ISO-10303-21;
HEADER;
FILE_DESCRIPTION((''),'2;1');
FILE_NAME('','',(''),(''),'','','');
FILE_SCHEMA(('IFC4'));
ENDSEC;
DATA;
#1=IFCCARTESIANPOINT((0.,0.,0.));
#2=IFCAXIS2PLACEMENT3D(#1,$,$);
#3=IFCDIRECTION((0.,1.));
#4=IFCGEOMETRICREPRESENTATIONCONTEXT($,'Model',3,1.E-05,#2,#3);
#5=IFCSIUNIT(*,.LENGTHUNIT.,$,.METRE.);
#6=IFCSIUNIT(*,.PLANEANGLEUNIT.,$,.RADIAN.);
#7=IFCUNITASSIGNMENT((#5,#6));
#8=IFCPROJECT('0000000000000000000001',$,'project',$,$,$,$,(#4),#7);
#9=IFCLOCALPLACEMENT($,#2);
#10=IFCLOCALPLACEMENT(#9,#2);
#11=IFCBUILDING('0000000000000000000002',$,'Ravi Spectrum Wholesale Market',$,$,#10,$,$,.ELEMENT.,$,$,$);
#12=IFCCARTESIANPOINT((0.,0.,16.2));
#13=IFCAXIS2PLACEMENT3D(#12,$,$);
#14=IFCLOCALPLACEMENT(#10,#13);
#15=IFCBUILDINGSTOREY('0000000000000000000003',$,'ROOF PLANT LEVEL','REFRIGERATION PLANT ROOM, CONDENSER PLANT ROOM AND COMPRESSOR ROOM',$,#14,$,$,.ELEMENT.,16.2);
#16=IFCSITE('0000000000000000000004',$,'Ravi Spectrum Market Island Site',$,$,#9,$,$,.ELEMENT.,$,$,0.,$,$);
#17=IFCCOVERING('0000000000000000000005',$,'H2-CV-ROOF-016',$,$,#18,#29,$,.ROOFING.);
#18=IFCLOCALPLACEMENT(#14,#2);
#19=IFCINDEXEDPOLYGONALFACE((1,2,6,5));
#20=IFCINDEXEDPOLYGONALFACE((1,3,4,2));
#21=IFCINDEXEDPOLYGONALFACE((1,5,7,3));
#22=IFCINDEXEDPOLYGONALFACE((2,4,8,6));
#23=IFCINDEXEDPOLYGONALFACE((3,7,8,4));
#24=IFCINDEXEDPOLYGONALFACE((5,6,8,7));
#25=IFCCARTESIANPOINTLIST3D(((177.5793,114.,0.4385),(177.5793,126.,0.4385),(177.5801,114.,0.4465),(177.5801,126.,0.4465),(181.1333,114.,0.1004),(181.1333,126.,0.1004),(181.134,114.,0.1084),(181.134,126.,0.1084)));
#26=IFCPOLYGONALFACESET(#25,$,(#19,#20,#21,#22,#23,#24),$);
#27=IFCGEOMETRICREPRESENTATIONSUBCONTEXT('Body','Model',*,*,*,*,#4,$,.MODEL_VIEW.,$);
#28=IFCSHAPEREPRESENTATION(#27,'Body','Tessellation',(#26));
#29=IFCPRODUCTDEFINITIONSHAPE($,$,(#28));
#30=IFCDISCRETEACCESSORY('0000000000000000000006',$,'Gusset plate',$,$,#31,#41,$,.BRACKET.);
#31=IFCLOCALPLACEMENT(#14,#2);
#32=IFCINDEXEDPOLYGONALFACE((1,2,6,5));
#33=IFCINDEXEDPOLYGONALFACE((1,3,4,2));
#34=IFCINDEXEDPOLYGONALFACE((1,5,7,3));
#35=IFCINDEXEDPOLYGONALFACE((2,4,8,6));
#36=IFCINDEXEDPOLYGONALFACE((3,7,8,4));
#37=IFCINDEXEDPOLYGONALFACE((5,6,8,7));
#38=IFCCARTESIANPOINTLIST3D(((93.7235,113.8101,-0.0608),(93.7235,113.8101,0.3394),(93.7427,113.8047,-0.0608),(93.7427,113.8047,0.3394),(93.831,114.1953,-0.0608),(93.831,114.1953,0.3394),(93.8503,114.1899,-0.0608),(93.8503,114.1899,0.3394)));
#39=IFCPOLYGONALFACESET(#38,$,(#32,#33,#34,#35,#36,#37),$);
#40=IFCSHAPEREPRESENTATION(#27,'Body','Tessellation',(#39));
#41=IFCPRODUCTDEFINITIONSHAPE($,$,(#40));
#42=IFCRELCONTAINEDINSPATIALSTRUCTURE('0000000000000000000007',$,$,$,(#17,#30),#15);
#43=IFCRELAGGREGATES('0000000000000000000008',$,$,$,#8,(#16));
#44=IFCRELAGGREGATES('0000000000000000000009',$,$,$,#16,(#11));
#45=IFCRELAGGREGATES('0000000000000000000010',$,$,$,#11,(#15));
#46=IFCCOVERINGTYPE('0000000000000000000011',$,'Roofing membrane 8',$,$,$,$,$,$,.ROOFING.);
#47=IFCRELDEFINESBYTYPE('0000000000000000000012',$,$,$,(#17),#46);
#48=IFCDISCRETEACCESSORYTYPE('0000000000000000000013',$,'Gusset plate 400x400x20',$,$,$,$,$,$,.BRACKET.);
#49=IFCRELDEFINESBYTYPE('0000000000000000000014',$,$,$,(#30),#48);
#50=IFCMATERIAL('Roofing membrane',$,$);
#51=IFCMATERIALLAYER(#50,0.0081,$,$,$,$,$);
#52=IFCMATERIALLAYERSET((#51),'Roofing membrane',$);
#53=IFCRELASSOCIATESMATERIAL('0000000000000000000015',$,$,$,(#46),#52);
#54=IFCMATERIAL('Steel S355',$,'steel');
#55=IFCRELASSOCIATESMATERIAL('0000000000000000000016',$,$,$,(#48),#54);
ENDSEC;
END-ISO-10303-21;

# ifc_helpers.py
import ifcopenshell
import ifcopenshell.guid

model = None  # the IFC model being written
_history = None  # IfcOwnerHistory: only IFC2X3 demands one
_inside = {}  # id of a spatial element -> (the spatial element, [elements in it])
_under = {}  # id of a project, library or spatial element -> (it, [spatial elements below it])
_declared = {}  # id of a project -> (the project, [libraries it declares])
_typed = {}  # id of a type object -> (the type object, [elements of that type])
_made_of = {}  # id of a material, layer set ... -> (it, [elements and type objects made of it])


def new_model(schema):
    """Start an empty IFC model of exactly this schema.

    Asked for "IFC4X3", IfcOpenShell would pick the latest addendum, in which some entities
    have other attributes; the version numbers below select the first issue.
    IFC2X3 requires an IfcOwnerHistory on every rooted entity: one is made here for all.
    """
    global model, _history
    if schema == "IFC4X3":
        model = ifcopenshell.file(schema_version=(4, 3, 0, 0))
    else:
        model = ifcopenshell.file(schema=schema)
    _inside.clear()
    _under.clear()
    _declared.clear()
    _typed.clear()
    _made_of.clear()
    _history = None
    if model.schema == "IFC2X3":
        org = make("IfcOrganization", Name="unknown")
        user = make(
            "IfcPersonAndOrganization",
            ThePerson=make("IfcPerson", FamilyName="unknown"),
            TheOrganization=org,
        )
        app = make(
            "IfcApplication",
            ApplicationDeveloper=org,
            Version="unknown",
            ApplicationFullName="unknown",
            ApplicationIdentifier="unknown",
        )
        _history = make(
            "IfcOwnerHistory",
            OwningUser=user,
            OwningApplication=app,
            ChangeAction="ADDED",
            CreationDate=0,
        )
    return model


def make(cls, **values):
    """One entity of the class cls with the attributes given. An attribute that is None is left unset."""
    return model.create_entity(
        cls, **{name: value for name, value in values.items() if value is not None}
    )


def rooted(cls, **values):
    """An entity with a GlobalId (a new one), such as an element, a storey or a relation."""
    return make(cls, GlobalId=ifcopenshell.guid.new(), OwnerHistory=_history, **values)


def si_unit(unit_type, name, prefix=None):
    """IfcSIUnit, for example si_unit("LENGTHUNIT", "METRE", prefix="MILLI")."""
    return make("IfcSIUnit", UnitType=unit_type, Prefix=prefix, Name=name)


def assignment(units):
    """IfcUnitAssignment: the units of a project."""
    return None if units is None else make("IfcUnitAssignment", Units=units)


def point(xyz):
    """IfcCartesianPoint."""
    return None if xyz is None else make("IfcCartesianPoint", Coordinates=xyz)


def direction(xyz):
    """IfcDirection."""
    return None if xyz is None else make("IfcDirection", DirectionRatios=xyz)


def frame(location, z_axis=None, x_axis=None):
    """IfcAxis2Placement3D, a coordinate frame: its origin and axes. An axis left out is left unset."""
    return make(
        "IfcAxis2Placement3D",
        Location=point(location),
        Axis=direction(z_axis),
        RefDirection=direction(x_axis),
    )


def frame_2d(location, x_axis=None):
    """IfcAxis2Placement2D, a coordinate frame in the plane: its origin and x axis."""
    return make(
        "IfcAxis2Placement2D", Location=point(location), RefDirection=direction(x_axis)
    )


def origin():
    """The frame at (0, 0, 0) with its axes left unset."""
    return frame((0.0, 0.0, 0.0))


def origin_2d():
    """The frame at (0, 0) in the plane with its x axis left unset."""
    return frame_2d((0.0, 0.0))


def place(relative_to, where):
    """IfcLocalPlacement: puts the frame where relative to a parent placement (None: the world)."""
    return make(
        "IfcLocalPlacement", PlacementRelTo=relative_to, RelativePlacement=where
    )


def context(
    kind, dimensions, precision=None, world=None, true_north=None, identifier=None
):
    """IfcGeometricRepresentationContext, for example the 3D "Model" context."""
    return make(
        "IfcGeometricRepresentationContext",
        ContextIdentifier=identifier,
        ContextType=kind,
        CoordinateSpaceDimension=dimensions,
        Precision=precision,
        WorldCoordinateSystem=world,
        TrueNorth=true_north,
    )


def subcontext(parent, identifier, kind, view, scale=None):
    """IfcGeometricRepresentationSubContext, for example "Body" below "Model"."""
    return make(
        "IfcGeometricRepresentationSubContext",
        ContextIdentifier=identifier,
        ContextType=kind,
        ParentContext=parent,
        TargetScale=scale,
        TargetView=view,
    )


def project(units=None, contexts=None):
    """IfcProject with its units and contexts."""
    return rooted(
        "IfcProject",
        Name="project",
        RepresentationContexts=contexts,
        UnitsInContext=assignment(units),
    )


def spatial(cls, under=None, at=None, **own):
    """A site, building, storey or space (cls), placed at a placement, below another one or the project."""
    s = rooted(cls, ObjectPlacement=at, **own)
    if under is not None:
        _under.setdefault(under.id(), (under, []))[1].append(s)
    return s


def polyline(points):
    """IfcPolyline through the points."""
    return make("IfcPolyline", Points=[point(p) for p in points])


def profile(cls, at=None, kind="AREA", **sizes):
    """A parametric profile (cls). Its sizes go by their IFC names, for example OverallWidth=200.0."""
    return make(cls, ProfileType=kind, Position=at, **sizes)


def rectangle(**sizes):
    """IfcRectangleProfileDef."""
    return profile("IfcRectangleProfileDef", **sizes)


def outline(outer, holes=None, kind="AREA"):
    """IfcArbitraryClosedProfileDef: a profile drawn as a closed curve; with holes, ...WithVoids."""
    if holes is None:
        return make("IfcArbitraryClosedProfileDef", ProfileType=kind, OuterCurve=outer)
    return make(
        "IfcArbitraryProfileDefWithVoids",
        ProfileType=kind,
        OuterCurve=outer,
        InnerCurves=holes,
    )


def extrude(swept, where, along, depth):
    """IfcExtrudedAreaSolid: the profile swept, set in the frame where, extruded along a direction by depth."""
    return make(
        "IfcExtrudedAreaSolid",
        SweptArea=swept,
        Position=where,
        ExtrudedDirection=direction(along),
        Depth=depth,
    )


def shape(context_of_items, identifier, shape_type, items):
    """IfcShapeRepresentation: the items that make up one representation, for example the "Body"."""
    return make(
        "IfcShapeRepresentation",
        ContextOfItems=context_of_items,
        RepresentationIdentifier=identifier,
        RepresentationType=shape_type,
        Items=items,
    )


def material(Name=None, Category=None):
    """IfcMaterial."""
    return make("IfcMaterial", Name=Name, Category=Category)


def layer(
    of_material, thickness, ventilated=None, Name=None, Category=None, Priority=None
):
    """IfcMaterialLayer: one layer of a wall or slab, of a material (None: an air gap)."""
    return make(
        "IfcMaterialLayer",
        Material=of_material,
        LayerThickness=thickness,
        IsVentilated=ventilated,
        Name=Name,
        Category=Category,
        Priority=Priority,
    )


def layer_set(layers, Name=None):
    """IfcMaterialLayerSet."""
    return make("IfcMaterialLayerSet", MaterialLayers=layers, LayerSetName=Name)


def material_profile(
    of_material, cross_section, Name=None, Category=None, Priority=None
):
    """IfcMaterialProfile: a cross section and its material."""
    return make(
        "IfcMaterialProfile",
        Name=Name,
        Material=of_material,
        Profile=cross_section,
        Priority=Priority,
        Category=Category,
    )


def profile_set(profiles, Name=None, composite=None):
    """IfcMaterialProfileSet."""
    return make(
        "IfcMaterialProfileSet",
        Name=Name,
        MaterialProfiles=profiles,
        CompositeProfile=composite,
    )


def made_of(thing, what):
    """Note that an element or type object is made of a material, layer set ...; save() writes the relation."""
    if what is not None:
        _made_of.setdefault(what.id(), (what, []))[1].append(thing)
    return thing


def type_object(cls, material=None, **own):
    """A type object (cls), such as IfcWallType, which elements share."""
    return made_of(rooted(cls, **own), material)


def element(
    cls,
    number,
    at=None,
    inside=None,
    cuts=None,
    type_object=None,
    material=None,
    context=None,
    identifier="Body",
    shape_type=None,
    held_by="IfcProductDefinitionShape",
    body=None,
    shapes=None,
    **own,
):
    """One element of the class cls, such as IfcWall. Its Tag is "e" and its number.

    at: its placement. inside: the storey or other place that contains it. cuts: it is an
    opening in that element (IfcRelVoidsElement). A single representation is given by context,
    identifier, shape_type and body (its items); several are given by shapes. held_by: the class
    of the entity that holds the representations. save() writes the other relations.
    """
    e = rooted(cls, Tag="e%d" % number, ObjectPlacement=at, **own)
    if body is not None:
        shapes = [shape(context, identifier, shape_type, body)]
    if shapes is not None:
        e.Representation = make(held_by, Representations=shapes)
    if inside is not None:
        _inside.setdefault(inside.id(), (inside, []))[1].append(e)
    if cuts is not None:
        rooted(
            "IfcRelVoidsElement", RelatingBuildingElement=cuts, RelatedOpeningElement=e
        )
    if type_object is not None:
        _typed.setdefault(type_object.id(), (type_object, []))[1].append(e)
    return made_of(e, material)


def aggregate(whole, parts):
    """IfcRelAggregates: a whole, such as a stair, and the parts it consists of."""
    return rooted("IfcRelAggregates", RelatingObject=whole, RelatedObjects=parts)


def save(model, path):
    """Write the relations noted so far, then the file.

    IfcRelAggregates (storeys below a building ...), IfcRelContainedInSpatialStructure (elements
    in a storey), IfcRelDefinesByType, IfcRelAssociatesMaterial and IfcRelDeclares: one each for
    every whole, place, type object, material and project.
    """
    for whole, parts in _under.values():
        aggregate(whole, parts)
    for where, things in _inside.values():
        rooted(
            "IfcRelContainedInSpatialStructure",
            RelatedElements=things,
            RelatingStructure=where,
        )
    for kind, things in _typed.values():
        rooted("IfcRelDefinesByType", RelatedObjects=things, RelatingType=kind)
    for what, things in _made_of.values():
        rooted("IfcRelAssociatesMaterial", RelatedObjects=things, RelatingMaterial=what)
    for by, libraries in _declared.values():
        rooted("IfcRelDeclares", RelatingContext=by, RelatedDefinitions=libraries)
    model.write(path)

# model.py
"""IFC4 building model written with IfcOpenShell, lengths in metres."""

from ifc_helpers import new_model, si_unit, direction, frame, origin, origin_2d, place, context, subcontext, project, spatial, polyline, rectangle, outline, extrude, material, layer, layer_set, material_profile, profile_set, type_object, element, save


model = new_model("IFC4")

# Units and contexts
model_context = context("Model", 3, precision=1e-05, world=origin(), true_north=direction((0.0, 1.0)))
body_context = subcontext(model_context, "Body", "Model", "MODEL_VIEW")
ifc_project = project(units=[si_unit("LENGTHUNIT", "METRE"), si_unit("PLANEANGLEUNIT", "RADIAN")], contexts=[model_context])

# Site, building, storey
site_placement = place(None, origin())
site = spatial("IfcSite", under=ifc_project, at=site_placement, Name="Ravi Spectrum Market Island Site", CompositionType="ELEMENT", RefElevation=0.0)
building_placement = place(site_placement, origin())
building = spatial("IfcBuilding", under=site, at=building_placement, Name="Ravi Spectrum Wholesale Market", CompositionType="ELEMENT")
storey_placement = place(building_placement, frame((0.0, 0.0, 16.2)))
storey = spatial("IfcBuildingStorey", under=building, at=storey_placement, Name="ROOF PLANT LEVEL", Description="REFRIGERATION PLANT ROOM, CONDENSER PLANT ROOM AND COMPRESSOR ROOM", CompositionType="ELEMENT", Elevation=16.2)

# Covering
ifc_material_1 = material(Name="Roofing membrane")
ifc_layer_1 = layer(ifc_material_1, 0.0081)
ifc_layer_set_1 = layer_set([ifc_layer_1], Name="Roofing membrane")
covering_type = type_object("IfcCoveringType", Name="Roofing membrane 8", PredefinedType="ROOFING", material=ifc_layer_set_1)
covering_1_placement = place(storey_placement, frame((177.5801, 114.0, 0.4465), z_axis=(0.094716, 0.0, 0.995504), x_axis=(0.995504, 0.0, -0.094716)))
element("IfcCovering", 1, at=covering_1_placement, inside=storey, type_object=covering_type, Name="H2-CV-ROOF-016", PredefinedType="ROOFING", context=body_context, shape_type="SweptSolid", body=[
    extrude(outline(polyline([(0.0, 0.0), (3.57, 0.0), (3.57, 12.0), (0.0, 12.0), (0.0, 0.0)])), origin(), (0.0, 0.0, -1.0), 0.0081),
])

# Discrete accessory
ifc_material_2 = material(Name="Steel S355", Category="steel")
ifc_material_profile_1 = material_profile(ifc_material_2, rectangle(XDim=0.3999, YDim=0.02, at=origin_2d()))
ifc_profile_set_1 = profile_set([ifc_material_profile_1], Name="Steel S355")
discrete_accessory_type = type_object("IfcDiscreteAccessoryType", Name="Gusset plate 400x400x20", PredefinedType="BRACKET", material=ifc_profile_set_1)
discrete_accessory_placement = place(storey_placement, frame((93.7869, 114.0, -0.0608), z_axis=(0.0, 0.0, 1.0), x_axis=(0.268923, 0.963162, 0.0)))
element("IfcDiscreteAccessory", 2, at=discrete_accessory_placement, inside=storey, type_object=discrete_accessory_type, Name="Gusset plate", PredefinedType="BRACKET", context=body_context, shape_type="SweptSolid", body=[
    extrude(rectangle(XDim=0.3999, YDim=0.02, at=origin_2d()), origin(), (0.0, 0.0, 1.0), 0.4001),
])

save(model, "model.ifc")
